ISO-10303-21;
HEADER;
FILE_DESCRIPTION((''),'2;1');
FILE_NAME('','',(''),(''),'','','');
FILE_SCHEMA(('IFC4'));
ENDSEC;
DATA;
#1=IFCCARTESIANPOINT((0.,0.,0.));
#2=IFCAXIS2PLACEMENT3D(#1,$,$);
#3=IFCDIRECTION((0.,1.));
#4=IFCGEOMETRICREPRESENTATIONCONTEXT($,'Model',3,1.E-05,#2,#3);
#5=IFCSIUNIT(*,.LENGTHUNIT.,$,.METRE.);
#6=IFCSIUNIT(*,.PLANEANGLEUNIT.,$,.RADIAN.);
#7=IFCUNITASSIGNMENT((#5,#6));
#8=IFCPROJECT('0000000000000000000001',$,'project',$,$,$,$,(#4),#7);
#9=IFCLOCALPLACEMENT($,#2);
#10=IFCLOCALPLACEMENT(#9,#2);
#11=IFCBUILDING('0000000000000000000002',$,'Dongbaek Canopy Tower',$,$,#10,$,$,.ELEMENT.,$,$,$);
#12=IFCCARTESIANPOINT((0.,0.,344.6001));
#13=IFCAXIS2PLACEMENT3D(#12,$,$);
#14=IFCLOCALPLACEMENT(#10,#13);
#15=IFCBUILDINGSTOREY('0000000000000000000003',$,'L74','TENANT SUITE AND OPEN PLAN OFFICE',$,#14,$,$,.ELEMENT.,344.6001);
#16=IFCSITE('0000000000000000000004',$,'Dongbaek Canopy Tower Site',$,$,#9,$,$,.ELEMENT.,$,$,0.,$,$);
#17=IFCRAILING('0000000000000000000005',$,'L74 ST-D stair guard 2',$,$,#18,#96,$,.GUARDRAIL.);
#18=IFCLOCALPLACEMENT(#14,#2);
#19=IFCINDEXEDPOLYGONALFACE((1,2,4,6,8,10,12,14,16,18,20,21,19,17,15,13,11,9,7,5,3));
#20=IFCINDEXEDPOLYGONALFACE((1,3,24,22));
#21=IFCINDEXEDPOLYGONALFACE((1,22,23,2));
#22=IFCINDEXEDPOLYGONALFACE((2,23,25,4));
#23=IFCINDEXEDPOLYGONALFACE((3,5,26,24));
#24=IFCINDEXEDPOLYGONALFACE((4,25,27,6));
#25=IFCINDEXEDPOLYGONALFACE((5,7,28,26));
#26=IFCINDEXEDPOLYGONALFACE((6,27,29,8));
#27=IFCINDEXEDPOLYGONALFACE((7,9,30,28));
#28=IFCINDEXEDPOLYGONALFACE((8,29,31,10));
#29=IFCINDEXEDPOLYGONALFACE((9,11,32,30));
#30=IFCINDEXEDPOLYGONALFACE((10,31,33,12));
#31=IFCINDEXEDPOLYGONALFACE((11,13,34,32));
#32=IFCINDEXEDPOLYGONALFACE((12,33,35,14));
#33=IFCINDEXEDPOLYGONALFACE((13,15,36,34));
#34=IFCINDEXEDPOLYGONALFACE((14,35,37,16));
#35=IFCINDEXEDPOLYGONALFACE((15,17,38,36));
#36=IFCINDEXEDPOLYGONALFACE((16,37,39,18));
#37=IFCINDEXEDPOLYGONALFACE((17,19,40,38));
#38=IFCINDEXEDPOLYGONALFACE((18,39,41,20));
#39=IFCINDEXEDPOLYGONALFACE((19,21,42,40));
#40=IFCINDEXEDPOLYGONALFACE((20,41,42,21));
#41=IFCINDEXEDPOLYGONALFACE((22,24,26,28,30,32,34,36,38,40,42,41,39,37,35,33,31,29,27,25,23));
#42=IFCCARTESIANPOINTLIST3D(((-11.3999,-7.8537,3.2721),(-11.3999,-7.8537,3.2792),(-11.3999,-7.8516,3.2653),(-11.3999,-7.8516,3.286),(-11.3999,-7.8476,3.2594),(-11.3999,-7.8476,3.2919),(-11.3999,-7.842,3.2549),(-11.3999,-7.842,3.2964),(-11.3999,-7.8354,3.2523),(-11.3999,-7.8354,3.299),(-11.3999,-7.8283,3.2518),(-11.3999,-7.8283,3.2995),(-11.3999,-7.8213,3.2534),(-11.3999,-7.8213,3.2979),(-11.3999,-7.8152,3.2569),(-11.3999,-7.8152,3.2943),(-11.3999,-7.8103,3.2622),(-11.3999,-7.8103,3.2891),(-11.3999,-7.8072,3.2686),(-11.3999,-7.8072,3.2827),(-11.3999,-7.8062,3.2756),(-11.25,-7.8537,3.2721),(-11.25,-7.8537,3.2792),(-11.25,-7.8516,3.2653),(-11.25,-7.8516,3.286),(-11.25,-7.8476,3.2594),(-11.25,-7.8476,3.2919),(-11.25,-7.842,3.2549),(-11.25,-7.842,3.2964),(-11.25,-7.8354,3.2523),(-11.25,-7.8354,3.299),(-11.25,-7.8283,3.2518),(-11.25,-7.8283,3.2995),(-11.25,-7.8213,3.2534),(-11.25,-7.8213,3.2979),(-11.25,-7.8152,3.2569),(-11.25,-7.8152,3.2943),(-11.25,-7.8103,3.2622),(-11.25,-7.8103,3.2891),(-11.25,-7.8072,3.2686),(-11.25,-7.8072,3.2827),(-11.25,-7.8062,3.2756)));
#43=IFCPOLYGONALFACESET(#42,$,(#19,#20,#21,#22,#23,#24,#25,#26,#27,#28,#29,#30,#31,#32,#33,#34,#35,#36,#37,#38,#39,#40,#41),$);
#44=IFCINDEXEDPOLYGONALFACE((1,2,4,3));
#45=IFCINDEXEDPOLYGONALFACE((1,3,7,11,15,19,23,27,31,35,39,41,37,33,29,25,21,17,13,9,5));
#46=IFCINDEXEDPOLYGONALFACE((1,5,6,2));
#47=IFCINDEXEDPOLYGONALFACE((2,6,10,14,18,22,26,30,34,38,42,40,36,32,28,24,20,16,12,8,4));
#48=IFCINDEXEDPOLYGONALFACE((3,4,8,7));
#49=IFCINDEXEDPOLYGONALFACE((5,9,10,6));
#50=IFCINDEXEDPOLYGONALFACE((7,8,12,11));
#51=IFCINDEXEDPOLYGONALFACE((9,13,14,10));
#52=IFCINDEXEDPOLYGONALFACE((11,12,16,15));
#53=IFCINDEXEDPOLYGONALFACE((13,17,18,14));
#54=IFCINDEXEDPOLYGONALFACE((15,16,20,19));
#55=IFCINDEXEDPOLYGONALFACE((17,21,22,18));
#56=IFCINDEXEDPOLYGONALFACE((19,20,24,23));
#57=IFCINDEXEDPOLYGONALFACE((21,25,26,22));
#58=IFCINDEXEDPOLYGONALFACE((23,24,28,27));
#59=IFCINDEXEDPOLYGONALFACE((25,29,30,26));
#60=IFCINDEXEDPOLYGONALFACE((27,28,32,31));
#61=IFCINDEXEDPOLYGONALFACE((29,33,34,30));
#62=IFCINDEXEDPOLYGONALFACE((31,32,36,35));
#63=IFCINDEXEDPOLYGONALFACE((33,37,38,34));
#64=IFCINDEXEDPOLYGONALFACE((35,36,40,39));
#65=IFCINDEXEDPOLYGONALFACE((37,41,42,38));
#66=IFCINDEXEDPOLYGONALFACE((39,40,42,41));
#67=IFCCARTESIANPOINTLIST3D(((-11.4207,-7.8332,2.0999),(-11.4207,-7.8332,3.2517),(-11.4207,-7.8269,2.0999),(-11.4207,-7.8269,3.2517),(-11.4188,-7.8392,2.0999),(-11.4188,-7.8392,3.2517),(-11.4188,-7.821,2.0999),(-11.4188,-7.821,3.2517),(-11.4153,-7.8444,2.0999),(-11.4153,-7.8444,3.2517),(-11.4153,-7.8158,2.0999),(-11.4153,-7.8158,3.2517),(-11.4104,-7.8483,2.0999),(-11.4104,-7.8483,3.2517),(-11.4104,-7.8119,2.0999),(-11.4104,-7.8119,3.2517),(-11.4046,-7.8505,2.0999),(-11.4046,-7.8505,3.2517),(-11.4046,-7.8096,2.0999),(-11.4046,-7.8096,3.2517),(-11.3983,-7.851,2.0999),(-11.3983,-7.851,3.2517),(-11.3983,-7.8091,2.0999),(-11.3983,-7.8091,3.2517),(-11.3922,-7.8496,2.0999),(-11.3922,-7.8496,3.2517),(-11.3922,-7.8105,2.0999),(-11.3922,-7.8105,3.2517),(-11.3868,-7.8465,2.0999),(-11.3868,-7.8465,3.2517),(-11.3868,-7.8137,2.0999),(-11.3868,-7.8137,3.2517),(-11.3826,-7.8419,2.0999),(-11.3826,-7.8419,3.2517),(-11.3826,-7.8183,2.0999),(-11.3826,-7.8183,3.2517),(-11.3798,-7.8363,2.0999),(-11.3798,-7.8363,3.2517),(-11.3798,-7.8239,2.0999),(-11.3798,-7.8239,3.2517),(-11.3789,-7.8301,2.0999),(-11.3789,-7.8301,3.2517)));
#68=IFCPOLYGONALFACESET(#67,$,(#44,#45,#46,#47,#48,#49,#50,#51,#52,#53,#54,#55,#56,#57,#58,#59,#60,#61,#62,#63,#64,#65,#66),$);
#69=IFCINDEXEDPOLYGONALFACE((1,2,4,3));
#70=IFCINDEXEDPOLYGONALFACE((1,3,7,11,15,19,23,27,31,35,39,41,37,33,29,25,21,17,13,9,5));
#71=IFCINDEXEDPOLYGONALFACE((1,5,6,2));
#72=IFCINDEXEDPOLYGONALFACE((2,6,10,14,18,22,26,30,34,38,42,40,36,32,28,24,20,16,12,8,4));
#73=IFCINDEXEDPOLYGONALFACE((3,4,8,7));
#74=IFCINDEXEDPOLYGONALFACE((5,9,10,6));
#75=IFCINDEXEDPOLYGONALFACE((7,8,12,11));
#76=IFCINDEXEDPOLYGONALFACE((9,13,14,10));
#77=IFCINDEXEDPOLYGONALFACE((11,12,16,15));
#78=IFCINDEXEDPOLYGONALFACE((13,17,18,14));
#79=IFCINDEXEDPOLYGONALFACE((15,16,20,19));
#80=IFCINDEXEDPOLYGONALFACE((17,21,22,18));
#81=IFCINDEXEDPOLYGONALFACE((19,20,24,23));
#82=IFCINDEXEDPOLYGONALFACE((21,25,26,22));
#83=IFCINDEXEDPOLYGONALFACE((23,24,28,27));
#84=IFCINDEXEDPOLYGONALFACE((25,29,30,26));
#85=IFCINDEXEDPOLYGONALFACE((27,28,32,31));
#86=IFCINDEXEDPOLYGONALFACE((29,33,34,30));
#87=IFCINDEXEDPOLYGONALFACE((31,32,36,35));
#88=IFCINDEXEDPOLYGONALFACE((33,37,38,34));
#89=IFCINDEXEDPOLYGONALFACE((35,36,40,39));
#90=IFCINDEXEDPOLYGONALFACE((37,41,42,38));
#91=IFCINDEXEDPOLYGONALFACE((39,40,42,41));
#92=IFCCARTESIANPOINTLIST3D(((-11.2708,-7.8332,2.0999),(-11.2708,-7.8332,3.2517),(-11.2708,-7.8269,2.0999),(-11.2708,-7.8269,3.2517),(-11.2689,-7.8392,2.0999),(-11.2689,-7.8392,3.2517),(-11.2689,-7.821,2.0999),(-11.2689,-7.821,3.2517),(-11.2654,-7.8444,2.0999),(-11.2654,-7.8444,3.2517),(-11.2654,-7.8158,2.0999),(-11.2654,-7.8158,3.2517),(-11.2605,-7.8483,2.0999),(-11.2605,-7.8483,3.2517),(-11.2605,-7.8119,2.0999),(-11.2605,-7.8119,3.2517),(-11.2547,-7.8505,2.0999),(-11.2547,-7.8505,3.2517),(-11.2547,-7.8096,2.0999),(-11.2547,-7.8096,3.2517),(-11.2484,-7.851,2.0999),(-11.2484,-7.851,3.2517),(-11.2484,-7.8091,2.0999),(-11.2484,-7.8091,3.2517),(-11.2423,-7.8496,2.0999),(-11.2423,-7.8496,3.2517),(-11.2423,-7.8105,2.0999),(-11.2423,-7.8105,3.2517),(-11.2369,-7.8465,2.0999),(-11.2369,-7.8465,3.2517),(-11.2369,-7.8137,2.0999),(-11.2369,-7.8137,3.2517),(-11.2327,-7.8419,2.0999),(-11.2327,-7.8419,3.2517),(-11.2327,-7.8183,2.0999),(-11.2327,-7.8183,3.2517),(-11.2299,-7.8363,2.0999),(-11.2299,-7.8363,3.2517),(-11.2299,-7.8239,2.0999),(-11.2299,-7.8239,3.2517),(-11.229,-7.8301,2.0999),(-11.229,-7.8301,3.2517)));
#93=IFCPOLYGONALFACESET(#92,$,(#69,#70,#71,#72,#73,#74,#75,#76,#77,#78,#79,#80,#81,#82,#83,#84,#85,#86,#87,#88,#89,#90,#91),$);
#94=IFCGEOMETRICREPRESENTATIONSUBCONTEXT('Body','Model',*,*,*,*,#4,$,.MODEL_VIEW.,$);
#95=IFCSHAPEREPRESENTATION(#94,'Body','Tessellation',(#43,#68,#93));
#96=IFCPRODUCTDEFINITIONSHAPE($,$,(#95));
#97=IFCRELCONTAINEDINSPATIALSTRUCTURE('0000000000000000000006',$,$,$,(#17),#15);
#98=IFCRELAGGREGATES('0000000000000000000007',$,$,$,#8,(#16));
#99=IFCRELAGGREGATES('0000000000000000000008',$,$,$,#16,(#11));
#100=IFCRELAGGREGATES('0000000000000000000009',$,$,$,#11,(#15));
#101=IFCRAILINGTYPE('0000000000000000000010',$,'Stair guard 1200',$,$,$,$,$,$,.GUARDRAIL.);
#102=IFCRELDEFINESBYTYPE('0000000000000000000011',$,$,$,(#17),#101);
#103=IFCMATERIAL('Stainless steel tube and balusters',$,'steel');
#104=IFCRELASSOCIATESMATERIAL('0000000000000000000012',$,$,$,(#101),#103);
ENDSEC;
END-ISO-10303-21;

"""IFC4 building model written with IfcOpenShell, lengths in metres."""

from ifc_helpers import new_model, si_unit, direction, frame, origin, origin_2d, place, context, subcontext, project, spatial, circle, extrude, material, type_object, element, save


model = new_model("IFC4")

# Units and contexts
model_context = context("Model", 3, precision=1e-05, world=origin(), true_north=direction((0.0, 1.0)))
body_context = subcontext(model_context, "Body", "Model", "MODEL_VIEW")
ifc_project = project(units=[si_unit("LENGTHUNIT", "METRE"), si_unit("PLANEANGLEUNIT", "RADIAN")], contexts=[model_context])

# Site, building, storey
site_placement = place(None, origin())
site = spatial("IfcSite", under=ifc_project, at=site_placement, Name="Dongbaek Canopy Tower Site", CompositionType="ELEMENT", RefElevation=0.0)
building_placement = place(site_placement, origin())
building = spatial("IfcBuilding", under=site, at=building_placement, Name="Dongbaek Canopy Tower", CompositionType="ELEMENT")
storey_placement = place(building_placement, frame((0.0, 0.0, 344.6001)))
storey = spatial("IfcBuildingStorey", under=building, at=storey_placement, Name="L74", Description="TENANT SUITE AND OPEN PLAN OFFICE", CompositionType="ELEMENT", Elevation=344.6001)

# Railing
ifc_material_1 = material(Name="Stainless steel tube and balusters", Category="steel")
railing_type_1 = type_object("IfcRailingType", Name="Stair guard 1200", PredefinedType="GUARDRAIL", material=ifc_material_1)
railing_1_placement = place(storey_placement, frame((-11.3999, -7.8301, 2.0999)))
element("IfcRailing", 1, at=railing_1_placement, inside=storey, type_object=railing_type_1, Name="L74 ST-D stair guard 2", PredefinedType="GUARDRAIL", context=body_context, shape_type="SweptSolid", body=[
    extrude(circle(Radius=0.0239, at=origin_2d()), frame((0.0, 0.0, 1.1758), z_axis=(1.0, 0.0, 0.0), x_axis=(0.0, 1.0, 0.0)), (0.0, 0.0, 1.0), 0.1499),
    extrude(circle(Radius=0.021, at=origin_2d()), origin(), (0.0, 0.0, 1.0), 1.1519),
    extrude(circle(Radius=0.021, at=origin_2d()), frame((0.1499, 0.0, 0.0)), (0.0, 0.0, 1.0), 1.1519),
])

save(model, "model.ifc")
